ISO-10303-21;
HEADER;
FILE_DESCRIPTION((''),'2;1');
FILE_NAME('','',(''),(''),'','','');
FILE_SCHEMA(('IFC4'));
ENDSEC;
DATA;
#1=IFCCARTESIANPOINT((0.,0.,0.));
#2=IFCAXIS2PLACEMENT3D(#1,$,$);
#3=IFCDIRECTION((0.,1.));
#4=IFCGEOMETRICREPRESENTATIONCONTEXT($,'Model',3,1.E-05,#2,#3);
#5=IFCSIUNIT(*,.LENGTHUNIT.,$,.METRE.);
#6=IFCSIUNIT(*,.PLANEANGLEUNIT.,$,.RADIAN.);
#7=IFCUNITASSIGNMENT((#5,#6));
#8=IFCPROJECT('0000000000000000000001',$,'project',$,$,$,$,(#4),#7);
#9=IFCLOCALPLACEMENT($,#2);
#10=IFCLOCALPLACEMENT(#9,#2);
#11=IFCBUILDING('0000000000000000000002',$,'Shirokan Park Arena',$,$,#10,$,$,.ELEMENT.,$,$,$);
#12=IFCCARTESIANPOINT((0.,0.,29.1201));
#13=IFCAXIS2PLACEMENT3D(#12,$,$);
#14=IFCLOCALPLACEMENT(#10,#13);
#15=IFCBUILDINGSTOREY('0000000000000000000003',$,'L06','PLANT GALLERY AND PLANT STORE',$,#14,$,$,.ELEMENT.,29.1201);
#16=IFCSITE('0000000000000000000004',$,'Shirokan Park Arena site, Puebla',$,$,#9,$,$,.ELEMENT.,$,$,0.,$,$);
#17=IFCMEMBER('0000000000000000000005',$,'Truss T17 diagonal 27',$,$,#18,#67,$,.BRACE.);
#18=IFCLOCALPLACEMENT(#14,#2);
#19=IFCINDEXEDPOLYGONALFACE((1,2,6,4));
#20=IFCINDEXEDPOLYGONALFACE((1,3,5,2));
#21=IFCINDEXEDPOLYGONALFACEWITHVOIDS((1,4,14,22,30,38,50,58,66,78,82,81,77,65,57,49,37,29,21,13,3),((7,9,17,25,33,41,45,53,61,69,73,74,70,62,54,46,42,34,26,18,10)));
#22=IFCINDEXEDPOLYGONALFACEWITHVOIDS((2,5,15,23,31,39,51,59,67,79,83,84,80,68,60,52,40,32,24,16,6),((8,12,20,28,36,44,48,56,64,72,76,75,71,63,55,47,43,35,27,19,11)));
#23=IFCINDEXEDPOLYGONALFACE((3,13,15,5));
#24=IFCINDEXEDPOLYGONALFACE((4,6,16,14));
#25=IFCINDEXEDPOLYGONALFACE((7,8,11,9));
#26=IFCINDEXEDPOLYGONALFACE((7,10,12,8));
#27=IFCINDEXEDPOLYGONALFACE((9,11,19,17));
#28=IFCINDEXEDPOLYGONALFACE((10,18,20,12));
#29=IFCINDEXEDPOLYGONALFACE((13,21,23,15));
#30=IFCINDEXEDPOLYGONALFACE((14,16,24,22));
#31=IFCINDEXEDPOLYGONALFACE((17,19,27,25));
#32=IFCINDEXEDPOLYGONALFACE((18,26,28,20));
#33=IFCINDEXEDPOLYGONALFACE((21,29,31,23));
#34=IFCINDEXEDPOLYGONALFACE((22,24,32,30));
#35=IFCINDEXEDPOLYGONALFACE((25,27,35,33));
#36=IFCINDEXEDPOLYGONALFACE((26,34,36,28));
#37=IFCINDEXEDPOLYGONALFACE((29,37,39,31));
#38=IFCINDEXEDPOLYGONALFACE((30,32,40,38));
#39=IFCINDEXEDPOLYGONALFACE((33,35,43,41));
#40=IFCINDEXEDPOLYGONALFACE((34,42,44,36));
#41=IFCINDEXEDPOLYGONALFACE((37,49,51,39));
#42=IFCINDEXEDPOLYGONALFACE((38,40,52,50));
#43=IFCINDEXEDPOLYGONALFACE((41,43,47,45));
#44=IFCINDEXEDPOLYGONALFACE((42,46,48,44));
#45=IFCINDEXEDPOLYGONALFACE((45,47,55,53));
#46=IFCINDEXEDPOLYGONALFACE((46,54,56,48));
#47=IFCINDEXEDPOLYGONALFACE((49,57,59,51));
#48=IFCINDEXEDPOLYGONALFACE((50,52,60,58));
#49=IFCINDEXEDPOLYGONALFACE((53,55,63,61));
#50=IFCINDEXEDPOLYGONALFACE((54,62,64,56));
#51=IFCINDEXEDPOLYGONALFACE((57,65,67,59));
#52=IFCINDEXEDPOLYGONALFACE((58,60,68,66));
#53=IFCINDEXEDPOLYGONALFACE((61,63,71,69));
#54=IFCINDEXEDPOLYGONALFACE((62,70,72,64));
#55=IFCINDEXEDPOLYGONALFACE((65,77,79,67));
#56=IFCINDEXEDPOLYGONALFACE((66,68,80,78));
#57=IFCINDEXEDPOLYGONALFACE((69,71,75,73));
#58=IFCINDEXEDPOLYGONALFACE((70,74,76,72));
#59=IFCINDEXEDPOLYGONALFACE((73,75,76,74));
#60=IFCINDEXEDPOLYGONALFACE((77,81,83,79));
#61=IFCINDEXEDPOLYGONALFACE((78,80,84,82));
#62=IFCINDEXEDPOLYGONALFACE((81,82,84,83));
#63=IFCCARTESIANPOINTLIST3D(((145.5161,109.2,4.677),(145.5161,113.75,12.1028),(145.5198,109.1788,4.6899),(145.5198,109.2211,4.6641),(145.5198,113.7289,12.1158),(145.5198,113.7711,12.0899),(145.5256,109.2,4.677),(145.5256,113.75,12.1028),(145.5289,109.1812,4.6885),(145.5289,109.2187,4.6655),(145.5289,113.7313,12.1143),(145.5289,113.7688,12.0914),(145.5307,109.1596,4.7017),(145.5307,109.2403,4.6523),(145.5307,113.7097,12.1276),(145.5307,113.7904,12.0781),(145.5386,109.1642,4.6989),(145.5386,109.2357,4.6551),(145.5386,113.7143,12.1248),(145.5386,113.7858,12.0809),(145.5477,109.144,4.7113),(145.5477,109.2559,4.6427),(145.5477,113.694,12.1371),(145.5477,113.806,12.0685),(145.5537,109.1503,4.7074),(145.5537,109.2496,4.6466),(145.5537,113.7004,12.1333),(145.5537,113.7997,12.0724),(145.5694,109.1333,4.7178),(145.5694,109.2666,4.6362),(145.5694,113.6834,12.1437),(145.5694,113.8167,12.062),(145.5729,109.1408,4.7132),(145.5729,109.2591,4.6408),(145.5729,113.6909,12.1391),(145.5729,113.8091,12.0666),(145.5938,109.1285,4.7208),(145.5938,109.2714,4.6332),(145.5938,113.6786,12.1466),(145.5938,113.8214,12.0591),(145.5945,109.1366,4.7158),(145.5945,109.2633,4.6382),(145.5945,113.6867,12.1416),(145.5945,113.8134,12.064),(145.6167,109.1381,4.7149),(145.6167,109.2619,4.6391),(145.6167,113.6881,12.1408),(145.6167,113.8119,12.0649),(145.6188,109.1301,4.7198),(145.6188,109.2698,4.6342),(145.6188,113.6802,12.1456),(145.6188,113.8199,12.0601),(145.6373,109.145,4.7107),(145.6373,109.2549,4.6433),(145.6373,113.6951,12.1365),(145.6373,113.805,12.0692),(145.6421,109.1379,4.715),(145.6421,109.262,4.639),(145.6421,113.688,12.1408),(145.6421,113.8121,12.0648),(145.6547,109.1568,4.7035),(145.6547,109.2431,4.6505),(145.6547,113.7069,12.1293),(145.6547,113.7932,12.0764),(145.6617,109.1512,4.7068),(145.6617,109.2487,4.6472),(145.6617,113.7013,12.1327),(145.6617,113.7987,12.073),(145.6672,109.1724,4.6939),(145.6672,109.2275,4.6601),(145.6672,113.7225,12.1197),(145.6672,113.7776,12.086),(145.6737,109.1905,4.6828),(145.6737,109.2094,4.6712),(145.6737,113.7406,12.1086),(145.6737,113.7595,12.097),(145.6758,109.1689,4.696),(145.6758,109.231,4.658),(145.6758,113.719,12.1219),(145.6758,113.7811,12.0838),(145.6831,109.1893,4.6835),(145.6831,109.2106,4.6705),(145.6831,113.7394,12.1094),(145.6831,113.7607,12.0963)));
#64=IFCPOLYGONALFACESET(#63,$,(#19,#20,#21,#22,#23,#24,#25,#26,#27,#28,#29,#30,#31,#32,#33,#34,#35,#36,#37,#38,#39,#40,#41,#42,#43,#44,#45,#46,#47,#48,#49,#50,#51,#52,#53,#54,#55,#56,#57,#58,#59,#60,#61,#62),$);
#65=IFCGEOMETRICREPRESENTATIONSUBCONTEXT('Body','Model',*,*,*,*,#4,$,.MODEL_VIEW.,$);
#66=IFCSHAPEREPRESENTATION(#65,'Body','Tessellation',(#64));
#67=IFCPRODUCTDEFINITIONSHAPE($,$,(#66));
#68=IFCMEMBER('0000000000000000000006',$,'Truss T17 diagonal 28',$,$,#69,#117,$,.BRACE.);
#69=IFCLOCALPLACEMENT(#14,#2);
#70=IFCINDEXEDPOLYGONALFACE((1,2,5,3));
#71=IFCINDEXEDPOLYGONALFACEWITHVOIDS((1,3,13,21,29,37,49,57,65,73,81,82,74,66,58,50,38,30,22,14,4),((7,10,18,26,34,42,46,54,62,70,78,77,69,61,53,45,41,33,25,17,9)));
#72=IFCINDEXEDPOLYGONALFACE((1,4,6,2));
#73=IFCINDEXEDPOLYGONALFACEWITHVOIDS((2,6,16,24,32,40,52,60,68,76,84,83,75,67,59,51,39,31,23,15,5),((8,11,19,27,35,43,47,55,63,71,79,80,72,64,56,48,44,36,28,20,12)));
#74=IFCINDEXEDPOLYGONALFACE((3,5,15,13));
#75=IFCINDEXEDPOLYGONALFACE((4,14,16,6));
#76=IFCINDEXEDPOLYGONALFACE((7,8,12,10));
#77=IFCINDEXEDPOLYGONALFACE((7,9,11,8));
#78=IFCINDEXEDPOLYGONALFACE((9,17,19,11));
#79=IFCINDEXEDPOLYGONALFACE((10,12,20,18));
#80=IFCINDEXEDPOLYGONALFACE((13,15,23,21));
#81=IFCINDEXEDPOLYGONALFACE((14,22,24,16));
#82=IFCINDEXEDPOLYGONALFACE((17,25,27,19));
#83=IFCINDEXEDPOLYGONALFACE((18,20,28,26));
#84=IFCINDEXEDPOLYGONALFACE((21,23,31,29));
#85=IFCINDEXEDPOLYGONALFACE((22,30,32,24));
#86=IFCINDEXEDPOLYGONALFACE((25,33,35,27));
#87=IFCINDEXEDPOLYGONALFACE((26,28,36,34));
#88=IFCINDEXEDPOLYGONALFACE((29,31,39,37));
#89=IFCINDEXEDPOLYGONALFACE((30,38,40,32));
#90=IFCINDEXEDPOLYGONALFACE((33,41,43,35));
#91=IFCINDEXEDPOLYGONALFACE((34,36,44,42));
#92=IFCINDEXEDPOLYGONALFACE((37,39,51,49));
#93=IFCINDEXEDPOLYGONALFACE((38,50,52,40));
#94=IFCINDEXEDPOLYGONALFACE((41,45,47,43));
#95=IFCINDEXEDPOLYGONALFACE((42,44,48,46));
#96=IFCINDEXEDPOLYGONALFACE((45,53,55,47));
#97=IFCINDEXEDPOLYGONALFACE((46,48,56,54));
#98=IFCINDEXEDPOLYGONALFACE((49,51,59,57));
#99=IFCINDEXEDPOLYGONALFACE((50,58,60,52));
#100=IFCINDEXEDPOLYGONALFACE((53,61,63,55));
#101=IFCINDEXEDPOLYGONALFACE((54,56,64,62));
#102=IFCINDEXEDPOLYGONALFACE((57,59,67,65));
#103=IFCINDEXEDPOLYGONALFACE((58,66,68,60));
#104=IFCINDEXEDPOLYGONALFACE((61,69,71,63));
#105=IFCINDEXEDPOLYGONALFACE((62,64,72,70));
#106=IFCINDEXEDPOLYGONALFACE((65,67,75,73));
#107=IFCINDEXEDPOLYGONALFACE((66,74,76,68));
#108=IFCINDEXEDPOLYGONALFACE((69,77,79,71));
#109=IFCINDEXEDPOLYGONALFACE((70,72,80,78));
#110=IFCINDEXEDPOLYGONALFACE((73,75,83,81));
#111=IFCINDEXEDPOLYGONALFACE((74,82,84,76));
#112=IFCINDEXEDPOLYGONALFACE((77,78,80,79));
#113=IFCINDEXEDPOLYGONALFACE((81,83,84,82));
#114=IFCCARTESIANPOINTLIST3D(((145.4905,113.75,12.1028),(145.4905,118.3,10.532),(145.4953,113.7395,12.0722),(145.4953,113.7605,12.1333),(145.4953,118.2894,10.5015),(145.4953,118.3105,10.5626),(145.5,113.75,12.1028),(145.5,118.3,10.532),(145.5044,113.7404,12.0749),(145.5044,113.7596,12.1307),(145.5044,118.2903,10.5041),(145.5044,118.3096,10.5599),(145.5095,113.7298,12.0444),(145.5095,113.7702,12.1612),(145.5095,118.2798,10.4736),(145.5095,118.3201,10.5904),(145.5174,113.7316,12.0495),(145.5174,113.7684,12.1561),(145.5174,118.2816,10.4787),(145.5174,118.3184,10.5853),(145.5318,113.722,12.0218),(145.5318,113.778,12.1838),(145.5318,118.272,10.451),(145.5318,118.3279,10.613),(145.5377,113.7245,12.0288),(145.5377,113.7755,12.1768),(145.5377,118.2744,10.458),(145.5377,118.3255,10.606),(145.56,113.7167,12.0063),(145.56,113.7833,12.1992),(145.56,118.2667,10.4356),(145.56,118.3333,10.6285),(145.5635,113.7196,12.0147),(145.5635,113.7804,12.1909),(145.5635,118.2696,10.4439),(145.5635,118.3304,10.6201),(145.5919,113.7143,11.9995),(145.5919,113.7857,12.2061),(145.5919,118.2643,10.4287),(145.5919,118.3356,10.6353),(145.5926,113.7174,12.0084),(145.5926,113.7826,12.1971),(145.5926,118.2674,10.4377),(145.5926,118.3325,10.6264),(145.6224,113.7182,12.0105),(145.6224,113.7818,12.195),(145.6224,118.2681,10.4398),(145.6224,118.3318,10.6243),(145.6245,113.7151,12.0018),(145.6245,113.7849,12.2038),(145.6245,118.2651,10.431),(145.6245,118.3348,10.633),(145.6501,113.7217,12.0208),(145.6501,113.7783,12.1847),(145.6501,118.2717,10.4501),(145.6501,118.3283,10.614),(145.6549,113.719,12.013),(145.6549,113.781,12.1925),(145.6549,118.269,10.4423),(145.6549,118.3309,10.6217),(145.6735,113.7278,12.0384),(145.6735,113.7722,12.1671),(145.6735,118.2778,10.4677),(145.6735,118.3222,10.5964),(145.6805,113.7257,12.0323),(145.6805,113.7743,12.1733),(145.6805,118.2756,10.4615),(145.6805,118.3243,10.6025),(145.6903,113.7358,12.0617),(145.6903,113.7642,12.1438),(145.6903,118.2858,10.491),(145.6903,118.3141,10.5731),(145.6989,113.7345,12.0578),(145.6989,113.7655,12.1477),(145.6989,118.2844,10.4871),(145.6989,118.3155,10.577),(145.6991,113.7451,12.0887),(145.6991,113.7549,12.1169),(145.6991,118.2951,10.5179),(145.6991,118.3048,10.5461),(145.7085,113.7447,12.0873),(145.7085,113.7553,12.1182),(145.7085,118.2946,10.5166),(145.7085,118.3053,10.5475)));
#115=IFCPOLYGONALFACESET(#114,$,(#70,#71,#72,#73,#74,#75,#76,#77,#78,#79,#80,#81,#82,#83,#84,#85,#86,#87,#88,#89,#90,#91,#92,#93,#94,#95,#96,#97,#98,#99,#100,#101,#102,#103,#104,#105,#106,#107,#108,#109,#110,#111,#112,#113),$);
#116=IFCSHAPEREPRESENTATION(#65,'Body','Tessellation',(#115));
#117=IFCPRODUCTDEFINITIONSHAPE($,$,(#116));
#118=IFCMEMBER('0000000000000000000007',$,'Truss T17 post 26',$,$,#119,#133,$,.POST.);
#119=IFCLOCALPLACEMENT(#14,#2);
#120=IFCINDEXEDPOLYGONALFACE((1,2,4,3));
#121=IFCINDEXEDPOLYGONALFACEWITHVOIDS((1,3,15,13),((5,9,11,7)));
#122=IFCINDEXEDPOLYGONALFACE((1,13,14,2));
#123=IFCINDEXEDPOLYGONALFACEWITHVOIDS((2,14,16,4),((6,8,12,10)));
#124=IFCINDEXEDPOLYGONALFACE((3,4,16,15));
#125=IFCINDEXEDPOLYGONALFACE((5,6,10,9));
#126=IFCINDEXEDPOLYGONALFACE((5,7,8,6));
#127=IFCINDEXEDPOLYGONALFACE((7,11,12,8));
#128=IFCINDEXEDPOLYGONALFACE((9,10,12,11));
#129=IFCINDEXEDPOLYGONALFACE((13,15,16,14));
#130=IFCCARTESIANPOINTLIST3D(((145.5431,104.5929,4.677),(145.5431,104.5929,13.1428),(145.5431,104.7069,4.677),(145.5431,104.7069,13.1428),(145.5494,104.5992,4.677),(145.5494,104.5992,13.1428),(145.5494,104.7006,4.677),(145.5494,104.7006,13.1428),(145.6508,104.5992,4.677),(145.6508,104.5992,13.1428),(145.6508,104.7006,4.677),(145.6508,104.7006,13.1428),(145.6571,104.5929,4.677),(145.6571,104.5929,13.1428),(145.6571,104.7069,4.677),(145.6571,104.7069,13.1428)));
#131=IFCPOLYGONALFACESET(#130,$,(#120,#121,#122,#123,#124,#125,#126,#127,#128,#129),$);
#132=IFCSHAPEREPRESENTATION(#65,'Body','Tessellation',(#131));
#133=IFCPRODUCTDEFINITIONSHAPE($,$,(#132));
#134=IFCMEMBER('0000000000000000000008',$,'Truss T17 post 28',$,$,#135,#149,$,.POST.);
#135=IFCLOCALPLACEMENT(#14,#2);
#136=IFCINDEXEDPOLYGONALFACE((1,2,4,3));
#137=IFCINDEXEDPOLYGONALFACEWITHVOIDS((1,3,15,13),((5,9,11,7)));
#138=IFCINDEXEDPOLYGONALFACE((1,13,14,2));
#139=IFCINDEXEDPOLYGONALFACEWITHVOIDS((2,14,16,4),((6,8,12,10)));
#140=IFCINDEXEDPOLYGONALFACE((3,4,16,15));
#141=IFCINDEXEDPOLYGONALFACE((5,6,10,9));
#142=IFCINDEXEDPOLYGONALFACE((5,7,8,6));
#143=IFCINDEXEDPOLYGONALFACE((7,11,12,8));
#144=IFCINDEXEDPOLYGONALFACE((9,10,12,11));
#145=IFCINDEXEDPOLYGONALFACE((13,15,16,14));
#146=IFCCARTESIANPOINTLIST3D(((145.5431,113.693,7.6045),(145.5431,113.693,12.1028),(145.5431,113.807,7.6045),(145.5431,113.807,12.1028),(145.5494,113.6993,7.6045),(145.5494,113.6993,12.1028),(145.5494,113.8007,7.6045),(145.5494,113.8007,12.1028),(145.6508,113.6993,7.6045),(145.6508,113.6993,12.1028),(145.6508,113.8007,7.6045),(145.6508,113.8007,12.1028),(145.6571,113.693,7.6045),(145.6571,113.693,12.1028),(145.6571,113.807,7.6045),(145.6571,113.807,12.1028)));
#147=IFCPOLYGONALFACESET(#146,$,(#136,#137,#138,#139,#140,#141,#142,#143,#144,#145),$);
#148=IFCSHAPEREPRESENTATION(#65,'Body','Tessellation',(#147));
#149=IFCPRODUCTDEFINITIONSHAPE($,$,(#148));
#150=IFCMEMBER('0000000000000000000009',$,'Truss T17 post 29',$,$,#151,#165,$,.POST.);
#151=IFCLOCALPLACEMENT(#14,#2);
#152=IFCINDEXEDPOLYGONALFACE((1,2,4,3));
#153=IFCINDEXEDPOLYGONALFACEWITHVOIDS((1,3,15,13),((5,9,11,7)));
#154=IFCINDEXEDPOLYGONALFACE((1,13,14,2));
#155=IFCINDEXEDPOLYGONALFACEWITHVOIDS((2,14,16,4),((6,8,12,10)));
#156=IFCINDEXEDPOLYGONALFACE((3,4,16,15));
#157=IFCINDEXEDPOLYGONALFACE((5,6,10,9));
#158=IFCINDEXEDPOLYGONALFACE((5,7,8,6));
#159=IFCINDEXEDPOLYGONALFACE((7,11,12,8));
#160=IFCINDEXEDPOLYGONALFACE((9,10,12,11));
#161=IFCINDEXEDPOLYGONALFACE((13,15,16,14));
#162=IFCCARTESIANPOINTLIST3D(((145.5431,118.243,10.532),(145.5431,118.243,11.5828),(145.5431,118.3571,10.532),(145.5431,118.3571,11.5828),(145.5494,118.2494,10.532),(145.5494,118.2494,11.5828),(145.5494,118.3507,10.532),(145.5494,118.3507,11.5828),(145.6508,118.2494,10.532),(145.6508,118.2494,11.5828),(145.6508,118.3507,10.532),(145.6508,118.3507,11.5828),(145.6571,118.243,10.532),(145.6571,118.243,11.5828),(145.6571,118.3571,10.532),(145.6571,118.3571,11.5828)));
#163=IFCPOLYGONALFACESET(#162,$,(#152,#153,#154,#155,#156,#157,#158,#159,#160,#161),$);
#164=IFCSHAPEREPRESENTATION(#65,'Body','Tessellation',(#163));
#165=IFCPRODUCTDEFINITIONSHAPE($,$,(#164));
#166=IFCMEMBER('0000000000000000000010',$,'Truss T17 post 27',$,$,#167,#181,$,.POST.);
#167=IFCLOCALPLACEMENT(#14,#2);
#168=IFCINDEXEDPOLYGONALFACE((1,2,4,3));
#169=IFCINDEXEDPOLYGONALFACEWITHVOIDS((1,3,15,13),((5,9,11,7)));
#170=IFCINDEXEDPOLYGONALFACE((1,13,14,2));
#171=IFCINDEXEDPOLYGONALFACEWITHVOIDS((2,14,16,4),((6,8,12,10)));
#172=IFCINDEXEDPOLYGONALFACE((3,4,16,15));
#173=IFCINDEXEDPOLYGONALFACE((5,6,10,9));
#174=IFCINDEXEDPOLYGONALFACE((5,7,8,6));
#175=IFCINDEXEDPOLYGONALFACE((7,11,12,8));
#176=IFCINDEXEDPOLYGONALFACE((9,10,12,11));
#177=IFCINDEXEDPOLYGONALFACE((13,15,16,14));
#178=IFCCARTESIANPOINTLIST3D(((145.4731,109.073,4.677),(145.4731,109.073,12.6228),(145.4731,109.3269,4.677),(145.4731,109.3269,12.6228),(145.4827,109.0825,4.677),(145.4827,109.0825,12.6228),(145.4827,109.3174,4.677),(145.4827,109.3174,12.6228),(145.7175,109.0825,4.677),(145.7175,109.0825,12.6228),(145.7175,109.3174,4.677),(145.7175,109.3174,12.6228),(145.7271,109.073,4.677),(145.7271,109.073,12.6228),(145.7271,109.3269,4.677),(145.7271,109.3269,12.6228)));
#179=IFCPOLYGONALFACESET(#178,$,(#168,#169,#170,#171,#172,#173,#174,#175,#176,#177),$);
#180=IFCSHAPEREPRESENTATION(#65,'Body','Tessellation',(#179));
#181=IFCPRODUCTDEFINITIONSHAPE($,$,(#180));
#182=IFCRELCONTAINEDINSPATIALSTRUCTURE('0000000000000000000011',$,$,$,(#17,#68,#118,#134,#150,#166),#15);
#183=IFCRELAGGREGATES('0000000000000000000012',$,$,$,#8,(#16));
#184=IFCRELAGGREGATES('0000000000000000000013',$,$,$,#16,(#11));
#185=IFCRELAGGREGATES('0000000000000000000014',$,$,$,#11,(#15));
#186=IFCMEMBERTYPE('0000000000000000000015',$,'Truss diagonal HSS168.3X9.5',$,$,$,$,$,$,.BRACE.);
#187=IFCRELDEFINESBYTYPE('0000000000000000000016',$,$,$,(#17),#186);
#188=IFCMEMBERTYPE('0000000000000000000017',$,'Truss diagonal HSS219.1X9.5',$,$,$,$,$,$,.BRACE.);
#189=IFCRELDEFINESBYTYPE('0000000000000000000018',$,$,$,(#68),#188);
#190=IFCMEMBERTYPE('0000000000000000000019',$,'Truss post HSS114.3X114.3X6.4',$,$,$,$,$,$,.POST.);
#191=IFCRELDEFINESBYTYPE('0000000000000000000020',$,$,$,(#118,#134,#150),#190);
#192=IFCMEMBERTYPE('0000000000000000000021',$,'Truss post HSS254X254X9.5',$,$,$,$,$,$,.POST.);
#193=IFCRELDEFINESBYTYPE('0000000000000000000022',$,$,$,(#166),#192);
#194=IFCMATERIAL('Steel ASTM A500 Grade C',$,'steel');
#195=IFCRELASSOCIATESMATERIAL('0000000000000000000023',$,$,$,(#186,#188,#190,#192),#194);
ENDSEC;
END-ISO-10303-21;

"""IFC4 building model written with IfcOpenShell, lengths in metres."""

from ifc_helpers import new_model, si_unit, direction, frame, origin, origin_2d, place, context, subcontext, project, spatial, hollow_rectangle, hollow_circle, extrude, material, material_profile, profile_set, type_object, element, save


model = new_model("IFC4")

# Units and contexts
model_context = context("Model", 3, precision=1e-05, world=origin(), true_north=direction((0.0, 1.0)))
body_context = subcontext(model_context, "Body", "Model", "MODEL_VIEW")
ifc_project = project(units=[si_unit("LENGTHUNIT", "METRE"), si_unit("PLANEANGLEUNIT", "RADIAN")], contexts=[model_context])

# Site, building, storey
site_placement = place(None, origin())
site = spatial("IfcSite", under=ifc_project, at=site_placement, Name="Shirokan Park Arena site, Puebla", CompositionType="ELEMENT", RefElevation=0.0)
building_placement = place(site_placement, origin())
building = spatial("IfcBuilding", under=site, at=building_placement, Name="Shirokan Park Arena", CompositionType="ELEMENT")
storey_placement = place(building_placement, frame((0.0, 0.0, 29.1201)))
storey = spatial("IfcBuildingStorey", under=building, at=storey_placement, Name="L06", Description="PLANT GALLERY AND PLANT STORE", CompositionType="ELEMENT", Elevation=29.1201)

# Members
ifc_material_1 = material(Name="Steel ASTM A500 Grade C", Category="steel")
ifc_material_profile_1 = material_profile(ifc_material_1, hollow_circle(Radius=0.084, WallThickness=0.0095, at=origin_2d()), Name="HSS168.3X9.5")
ifc_profile_set_1 = profile_set([ifc_material_profile_1], Name="Steel ASTM A500 Grade C")
member_type_1 = type_object("IfcMemberType", Name="Truss diagonal HSS168.3X9.5", PredefinedType="BRACE", material=ifc_profile_set_1)
member_1_placement = place(storey_placement, frame((145.6001, 109.2, 4.677), z_axis=(0.0, 0.522459, 0.852665), x_axis=(-1.0, 0.0, 0.0)))
element("IfcMember", 1, at=member_1_placement, inside=storey, type_object=member_type_1, Name="Truss T17 diagonal 27", PredefinedType="BRACE", context=body_context, shape_type="SweptSolid", body=[
    extrude(hollow_circle(Radius=0.084, WallThickness=0.0095, at=origin_2d()), origin(), (0.0, 0.0, 1.0), 8.709),
])
ifc_material_profile_2 = material_profile(ifc_material_1, hollow_circle(Radius=0.1096, WallThickness=0.0095, at=origin_2d()), Name="HSS219.1X9.5")
ifc_profile_set_2 = profile_set([ifc_material_profile_2], Name="Steel ASTM A500 Grade C")
member_type_2 = type_object("IfcMemberType", Name="Truss diagonal HSS219.1X9.5", PredefinedType="BRACE", material=ifc_profile_set_2)
member_2_placement = place(storey_placement, frame((145.6001, 113.75, 12.1028), z_axis=(0.0, 0.945256, -0.326328), x_axis=(-1.0, 0.0, 0.0)))
element("IfcMember", 2, at=member_2_placement, inside=storey, type_object=member_type_2, Name="Truss T17 diagonal 28", PredefinedType="BRACE", context=body_context, shape_type="SweptSolid", body=[
    extrude(hollow_circle(Radius=0.1096, WallThickness=0.0095, at=origin_2d()), origin(), (0.0, 0.0, 1.0), 4.8135),
])
ifc_material_profile_3 = material_profile(ifc_material_1, hollow_rectangle(XDim=0.114, YDim=0.114, WallThickness=0.0063, at=origin_2d()), Name="HSS114.3X114.3X6.4")
ifc_profile_set_3 = profile_set([ifc_material_profile_3], Name="Steel ASTM A500 Grade C")
member_type_3 = type_object("IfcMemberType", Name="Truss post HSS114.3X114.3X6.4", PredefinedType="POST", material=ifc_profile_set_3)
member_3_placement = place(storey_placement, frame((145.6001, 104.6499, 4.677), z_axis=(0.0, 0.0, 1.0), x_axis=(1.0, 0.0, 0.0)))
element("IfcMember", 3, at=member_3_placement, inside=storey, type_object=member_type_3, Name="Truss T17 post 26", PredefinedType="POST", context=body_context, shape_type="SweptSolid", body=[
    extrude(hollow_rectangle(XDim=0.114, YDim=0.114, WallThickness=0.0063, at=origin_2d()), origin(), (0.0, 0.0, 1.0), 8.4658),
])
member_4_placement = place(storey_placement, frame((145.6001, 113.75, 7.6045), z_axis=(0.0, 0.0, 1.0), x_axis=(1.0, 0.0, 0.0)))
element("IfcMember", 4, at=member_4_placement, inside=storey, type_object=member_type_3, Name="Truss T17 post 28", PredefinedType="POST", context=body_context, shape_type="SweptSolid", body=[
    extrude(hollow_rectangle(XDim=0.114, YDim=0.114, WallThickness=0.0063, at=origin_2d()), origin(), (0.0, 0.0, 1.0), 4.4983),
])
member_5_placement = place(storey_placement, frame((145.6001, 118.3, 10.532), z_axis=(0.0, 0.0, 1.0), x_axis=(1.0, 0.0, 0.0)))
element("IfcMember", 5, at=member_5_placement, inside=storey, type_object=member_type_3, Name="Truss T17 post 29", PredefinedType="POST", context=body_context, shape_type="SweptSolid", body=[
    extrude(hollow_rectangle(XDim=0.114, YDim=0.114, WallThickness=0.0063, at=origin_2d()), origin(), (0.0, 0.0, 1.0), 1.0508),
])
ifc_material_profile_4 = material_profile(ifc_material_1, hollow_rectangle(XDim=0.2539, YDim=0.2539, WallThickness=0.0095, at=origin_2d()), Name="HSS254X254X9.5")
ifc_profile_set_4 = profile_set([ifc_material_profile_4], Name="Steel ASTM A500 Grade C")
member_type_4 = type_object("IfcMemberType", Name="Truss post HSS254X254X9.5", PredefinedType="POST", material=ifc_profile_set_4)
member_6_placement = place(storey_placement, frame((145.6001, 109.2, 4.677), z_axis=(0.0, 0.0, 1.0), x_axis=(1.0, 0.0, 0.0)))
element("IfcMember", 6, at=member_6_placement, inside=storey, type_object=member_type_4, Name="Truss T17 post 27", PredefinedType="POST", context=body_context, shape_type="SweptSolid", body=[
    extrude(hollow_rectangle(XDim=0.2539, YDim=0.2539, WallThickness=0.0095, at=origin_2d()), origin(), (0.0, 0.0, 1.0), 7.9458),
])

save(model, "model.ifc")
